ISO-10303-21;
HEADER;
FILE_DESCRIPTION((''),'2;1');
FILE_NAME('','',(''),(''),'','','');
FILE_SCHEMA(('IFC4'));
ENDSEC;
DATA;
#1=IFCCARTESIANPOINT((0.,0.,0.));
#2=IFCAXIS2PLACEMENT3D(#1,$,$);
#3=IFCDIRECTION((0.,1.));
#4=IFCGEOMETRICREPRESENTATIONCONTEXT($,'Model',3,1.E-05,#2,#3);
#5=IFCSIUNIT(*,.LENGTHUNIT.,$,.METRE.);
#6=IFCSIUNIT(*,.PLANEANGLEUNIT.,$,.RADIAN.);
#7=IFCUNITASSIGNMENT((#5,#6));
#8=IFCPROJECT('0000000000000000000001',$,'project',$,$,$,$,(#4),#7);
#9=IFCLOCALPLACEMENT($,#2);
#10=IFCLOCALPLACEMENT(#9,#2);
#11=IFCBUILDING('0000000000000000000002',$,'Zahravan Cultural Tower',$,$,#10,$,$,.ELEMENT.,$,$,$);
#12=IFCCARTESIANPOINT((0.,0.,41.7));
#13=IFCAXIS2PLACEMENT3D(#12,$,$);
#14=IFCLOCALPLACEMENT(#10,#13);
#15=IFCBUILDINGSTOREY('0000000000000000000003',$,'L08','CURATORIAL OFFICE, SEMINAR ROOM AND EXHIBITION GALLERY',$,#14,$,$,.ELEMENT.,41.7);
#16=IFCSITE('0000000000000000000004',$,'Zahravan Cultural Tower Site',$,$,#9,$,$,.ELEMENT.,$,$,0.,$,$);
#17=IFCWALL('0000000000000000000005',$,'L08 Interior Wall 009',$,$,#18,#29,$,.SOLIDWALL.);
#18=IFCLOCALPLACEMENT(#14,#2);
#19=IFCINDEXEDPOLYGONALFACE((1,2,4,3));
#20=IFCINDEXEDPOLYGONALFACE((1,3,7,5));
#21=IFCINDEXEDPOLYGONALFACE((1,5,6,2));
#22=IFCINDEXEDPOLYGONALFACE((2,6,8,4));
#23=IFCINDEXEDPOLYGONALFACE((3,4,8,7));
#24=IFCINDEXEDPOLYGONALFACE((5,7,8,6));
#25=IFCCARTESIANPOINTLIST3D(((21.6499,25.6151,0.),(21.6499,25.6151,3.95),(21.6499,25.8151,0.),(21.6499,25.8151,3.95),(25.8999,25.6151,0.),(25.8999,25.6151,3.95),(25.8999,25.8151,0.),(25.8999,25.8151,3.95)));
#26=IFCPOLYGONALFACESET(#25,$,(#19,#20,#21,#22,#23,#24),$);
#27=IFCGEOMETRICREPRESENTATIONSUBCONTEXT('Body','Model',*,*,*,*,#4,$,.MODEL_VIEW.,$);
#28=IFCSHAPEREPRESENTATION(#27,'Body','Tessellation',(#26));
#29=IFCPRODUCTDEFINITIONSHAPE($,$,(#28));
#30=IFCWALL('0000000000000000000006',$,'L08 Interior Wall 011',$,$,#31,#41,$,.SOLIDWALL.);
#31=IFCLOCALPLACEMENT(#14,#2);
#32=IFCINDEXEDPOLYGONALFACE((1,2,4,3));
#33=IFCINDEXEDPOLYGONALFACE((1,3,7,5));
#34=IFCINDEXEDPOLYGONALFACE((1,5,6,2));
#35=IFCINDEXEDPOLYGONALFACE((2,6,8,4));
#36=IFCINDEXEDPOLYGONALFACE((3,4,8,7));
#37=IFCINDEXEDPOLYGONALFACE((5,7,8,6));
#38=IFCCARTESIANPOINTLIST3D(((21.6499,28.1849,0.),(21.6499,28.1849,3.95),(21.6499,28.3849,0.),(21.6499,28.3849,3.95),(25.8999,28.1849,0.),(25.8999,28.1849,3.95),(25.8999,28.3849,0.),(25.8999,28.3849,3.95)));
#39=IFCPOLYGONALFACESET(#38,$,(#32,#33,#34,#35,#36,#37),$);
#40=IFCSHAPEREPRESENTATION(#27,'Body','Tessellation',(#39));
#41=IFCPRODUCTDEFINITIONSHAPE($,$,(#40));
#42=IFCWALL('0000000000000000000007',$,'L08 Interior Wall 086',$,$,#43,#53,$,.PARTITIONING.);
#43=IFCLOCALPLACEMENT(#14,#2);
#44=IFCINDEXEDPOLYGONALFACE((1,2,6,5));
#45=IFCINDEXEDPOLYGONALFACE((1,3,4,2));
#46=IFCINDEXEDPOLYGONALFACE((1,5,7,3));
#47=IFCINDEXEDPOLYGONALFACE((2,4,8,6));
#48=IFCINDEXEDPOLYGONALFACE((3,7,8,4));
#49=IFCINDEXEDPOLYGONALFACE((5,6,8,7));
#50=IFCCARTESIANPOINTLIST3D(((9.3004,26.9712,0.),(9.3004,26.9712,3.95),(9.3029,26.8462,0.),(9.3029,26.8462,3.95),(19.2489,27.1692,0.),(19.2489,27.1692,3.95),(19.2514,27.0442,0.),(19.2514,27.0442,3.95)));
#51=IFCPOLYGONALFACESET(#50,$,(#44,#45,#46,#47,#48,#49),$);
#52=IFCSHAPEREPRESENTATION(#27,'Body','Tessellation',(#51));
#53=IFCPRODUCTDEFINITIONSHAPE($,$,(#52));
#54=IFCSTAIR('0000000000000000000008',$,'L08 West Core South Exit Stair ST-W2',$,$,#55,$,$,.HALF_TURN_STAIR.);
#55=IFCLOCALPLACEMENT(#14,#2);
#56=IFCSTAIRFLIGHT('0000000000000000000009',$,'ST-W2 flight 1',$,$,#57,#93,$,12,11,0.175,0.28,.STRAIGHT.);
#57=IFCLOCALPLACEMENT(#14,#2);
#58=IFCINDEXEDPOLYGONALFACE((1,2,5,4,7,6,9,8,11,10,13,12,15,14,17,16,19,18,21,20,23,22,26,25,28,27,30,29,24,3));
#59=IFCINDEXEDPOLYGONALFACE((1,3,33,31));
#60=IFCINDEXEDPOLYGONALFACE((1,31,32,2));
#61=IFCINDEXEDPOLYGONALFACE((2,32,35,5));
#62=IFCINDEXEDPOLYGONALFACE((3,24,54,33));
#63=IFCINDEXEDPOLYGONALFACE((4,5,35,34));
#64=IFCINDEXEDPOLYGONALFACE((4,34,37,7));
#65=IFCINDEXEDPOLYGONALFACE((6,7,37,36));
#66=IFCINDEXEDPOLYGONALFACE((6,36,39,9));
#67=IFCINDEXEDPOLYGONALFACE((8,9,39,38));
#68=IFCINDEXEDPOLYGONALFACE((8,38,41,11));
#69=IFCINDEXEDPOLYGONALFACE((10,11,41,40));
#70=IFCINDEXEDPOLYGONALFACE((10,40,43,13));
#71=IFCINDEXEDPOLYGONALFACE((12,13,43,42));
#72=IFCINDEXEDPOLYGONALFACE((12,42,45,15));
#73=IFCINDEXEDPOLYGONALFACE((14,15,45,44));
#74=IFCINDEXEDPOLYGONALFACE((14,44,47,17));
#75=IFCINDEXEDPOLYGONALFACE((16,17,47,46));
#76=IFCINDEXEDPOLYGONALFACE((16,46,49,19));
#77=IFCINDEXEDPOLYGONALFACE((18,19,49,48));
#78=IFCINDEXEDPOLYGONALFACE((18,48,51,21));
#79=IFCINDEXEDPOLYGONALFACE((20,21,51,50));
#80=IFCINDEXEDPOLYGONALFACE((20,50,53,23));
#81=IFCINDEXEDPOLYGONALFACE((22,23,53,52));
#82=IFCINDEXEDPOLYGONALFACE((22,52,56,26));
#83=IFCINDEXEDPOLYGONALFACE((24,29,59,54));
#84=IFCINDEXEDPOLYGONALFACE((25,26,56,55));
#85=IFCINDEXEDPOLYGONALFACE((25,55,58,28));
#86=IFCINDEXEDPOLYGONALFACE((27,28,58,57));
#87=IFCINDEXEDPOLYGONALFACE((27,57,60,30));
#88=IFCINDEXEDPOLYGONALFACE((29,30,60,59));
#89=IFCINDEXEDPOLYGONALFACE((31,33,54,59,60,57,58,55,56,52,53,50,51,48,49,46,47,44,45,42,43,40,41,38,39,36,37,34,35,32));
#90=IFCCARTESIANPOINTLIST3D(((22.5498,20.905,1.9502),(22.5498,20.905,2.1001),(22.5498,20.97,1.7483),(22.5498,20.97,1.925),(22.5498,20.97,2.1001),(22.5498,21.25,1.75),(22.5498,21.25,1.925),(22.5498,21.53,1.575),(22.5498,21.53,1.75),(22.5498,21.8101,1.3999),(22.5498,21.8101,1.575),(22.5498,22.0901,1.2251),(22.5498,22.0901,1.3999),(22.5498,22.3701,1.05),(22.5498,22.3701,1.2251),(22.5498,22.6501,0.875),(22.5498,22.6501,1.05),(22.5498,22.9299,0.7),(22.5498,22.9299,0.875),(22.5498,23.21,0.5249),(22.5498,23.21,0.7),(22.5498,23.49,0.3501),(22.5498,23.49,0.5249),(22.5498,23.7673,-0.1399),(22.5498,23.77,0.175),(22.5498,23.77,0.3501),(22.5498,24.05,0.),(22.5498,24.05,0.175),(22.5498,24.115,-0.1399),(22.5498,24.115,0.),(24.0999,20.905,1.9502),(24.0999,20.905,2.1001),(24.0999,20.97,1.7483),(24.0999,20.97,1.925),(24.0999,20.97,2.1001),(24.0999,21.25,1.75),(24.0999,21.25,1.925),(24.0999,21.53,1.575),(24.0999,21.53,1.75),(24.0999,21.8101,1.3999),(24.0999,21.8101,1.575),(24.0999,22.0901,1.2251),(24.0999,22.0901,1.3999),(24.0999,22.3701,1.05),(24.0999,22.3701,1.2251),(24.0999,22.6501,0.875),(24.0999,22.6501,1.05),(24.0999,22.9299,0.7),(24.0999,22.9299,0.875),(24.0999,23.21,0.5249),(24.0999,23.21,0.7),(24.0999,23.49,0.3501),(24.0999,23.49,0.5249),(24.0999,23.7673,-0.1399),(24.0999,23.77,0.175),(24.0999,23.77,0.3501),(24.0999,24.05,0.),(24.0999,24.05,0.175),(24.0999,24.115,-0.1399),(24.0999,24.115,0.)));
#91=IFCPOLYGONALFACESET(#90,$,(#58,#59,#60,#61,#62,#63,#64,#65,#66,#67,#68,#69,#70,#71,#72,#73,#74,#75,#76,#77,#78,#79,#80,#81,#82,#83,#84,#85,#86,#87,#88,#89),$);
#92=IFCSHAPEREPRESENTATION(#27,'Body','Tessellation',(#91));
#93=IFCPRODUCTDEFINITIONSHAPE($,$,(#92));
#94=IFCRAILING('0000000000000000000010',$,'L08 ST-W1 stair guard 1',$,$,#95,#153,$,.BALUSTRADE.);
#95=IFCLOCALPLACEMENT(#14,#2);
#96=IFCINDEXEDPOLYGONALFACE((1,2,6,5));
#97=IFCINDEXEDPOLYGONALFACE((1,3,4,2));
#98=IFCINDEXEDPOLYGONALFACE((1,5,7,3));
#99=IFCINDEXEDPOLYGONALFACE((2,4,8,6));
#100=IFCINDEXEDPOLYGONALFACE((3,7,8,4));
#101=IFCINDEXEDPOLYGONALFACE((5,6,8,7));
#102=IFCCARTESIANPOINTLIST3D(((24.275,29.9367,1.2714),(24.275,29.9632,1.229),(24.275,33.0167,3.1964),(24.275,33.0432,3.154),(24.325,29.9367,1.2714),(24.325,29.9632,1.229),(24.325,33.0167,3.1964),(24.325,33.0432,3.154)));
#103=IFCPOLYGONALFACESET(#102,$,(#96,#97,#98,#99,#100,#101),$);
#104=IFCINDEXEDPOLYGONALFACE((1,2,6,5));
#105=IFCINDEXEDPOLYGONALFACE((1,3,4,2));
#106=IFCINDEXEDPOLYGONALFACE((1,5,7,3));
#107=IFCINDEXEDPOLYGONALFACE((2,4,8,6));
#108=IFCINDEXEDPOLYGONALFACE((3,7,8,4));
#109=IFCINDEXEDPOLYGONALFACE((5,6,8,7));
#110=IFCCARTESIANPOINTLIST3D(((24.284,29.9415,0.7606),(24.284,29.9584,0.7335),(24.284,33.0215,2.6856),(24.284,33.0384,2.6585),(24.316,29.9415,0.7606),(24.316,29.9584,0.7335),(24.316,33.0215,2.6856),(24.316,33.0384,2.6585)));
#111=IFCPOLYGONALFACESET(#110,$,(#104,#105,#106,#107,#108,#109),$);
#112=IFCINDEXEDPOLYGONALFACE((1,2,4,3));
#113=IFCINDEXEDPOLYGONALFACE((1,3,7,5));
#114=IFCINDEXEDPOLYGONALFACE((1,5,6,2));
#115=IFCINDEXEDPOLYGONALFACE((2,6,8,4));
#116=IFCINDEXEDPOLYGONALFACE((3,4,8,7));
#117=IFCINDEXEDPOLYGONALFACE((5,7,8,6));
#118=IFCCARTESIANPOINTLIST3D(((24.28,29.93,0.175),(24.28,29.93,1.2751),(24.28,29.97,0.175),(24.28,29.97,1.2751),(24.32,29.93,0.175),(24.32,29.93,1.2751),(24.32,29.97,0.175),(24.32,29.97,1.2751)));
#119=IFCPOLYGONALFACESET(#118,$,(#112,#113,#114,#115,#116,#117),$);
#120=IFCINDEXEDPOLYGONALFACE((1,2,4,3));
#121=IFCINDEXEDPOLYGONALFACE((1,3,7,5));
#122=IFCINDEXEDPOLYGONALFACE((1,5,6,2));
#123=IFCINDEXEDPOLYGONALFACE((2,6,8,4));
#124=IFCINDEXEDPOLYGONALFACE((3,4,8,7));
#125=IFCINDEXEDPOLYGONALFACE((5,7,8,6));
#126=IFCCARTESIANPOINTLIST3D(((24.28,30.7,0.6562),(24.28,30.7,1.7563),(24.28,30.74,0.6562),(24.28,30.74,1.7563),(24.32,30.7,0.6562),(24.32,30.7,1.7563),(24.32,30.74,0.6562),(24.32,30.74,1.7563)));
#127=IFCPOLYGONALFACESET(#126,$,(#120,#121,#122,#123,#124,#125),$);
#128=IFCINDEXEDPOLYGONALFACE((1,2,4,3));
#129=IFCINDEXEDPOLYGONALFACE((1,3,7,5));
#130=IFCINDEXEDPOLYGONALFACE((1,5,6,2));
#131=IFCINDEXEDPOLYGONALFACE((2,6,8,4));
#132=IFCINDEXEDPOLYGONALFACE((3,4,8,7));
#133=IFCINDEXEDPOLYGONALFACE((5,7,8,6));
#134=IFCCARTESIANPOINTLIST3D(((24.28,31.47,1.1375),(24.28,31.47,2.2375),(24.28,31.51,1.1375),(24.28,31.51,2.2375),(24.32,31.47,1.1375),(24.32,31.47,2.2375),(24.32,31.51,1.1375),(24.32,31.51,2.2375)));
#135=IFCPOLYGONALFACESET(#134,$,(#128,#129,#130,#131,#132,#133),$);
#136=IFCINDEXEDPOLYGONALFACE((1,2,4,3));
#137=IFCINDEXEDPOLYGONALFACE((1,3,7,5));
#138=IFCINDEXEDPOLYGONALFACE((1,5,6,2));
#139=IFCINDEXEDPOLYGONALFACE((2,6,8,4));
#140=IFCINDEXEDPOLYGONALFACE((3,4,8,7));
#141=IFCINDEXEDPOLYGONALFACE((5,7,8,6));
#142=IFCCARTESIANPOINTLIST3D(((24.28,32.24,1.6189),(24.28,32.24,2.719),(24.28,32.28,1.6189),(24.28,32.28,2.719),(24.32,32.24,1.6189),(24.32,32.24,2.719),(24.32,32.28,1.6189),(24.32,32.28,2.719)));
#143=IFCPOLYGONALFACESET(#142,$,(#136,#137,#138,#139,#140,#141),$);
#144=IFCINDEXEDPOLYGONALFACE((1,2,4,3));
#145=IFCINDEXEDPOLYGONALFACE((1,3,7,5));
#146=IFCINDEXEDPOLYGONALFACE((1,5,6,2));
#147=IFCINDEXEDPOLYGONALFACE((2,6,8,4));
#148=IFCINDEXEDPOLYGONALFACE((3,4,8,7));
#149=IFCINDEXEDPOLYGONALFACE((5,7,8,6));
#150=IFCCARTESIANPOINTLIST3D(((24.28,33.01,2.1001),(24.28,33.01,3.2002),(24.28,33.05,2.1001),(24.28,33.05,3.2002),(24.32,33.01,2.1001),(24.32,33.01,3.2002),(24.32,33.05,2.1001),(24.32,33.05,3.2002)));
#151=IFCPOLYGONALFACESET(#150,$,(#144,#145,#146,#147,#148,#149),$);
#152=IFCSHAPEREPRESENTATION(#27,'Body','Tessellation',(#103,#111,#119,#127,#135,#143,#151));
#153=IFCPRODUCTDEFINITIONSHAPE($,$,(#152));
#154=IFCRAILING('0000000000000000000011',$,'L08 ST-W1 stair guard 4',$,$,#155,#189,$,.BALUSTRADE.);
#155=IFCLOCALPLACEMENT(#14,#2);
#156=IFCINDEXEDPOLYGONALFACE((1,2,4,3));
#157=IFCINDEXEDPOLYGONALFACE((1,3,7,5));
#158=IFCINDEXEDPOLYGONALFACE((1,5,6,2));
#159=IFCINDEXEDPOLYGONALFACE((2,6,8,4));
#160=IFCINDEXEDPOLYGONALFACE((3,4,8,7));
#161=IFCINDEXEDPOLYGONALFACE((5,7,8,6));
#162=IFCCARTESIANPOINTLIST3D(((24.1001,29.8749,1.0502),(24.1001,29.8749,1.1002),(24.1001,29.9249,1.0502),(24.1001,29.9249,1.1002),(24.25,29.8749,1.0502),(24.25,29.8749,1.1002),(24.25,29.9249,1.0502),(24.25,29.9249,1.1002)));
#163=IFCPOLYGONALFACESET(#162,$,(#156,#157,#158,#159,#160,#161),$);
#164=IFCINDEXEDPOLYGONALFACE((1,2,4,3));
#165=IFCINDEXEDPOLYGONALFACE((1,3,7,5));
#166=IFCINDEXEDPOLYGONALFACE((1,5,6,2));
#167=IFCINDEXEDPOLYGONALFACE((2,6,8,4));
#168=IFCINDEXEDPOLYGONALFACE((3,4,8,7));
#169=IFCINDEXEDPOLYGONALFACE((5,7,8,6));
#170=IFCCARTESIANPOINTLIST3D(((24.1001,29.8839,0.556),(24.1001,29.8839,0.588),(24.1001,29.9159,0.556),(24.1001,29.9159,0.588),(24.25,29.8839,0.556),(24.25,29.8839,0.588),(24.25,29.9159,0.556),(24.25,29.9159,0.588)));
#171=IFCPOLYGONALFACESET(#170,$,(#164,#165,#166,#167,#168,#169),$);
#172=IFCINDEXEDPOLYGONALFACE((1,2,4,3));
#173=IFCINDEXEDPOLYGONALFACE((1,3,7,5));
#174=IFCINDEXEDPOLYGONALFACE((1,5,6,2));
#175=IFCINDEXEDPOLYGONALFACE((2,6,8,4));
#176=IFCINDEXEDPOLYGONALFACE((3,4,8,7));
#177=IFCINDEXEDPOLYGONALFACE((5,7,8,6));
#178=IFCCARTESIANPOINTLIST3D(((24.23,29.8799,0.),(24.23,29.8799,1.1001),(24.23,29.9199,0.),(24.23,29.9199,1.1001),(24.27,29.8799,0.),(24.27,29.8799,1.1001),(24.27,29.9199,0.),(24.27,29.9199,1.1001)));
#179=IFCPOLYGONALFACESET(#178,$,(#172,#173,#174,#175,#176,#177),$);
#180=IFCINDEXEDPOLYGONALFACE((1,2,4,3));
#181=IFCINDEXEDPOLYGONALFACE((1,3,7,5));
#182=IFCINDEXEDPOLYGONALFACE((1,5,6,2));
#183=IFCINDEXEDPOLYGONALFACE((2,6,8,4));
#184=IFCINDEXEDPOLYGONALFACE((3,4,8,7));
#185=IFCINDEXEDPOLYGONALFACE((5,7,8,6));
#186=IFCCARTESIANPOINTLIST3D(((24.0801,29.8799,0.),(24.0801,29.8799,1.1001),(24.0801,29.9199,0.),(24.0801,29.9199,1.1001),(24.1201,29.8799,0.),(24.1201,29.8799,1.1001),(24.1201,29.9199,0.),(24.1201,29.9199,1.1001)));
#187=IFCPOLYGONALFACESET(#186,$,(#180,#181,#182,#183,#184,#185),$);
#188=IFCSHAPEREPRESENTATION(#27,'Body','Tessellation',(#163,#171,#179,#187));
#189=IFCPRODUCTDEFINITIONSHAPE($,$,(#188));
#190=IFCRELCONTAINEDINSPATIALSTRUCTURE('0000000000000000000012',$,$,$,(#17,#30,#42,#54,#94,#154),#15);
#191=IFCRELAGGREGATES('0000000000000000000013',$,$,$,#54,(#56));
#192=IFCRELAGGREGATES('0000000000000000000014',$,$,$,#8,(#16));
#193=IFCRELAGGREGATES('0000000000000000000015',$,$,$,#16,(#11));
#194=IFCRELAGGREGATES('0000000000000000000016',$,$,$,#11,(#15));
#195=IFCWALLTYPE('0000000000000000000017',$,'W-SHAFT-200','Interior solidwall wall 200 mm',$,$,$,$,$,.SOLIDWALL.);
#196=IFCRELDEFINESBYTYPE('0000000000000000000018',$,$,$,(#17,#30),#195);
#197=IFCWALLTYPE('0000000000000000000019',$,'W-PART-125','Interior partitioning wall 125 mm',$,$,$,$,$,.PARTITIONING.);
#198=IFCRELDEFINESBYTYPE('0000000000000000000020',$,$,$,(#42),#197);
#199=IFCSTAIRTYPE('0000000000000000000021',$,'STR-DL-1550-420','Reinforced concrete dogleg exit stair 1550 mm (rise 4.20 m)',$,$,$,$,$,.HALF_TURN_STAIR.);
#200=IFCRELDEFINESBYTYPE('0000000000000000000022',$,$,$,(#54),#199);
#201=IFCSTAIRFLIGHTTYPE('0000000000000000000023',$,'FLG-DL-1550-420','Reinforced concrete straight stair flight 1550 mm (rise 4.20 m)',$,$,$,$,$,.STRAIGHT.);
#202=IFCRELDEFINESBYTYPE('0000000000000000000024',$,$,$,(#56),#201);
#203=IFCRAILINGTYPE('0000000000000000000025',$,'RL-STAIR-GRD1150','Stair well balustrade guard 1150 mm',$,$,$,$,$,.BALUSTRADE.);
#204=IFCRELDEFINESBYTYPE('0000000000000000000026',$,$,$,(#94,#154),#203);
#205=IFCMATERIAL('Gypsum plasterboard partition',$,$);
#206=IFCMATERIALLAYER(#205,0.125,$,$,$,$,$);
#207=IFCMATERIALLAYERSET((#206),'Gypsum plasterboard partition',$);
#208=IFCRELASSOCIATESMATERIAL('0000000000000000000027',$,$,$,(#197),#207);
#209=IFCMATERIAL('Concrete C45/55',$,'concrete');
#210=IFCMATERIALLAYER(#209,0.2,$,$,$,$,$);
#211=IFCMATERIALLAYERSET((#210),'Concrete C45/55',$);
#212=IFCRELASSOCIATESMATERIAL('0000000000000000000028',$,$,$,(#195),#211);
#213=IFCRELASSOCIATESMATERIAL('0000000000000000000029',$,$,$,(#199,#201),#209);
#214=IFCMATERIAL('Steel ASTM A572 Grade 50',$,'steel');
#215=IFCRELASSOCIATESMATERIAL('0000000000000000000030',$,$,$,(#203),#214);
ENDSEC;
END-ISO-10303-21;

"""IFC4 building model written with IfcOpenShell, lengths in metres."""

from ifc_helpers import new_model, si_unit, direction, frame, frame_2d, origin, origin_2d, place, context, subcontext, project, spatial, polyline, rectangle, outline, extrude, source, transform, mapped, material, layer, layer_set, type_object, element, aggregate, save


model = new_model("IFC4")

# Units and contexts
model_context = context("Model", 3, precision=1e-05, world=origin(), true_north=direction((0.0, 1.0)))
body_context = subcontext(model_context, "Body", "Model", "MODEL_VIEW")
ifc_project = project(units=[si_unit("LENGTHUNIT", "METRE"), si_unit("PLANEANGLEUNIT", "RADIAN")], contexts=[model_context])

# Site, building, storey
site_placement = place(None, origin())
site = spatial("IfcSite", under=ifc_project, at=site_placement, Name="Zahravan Cultural Tower Site", CompositionType="ELEMENT", RefElevation=0.0)
building_placement = place(site_placement, origin())
building = spatial("IfcBuilding", under=site, at=building_placement, Name="Zahravan Cultural Tower", CompositionType="ELEMENT")
storey_placement = place(building_placement, frame((0.0, 0.0, 41.7)))
storey = spatial("IfcBuildingStorey", under=building, at=storey_placement, Name="L08", Description="CURATORIAL OFFICE, SEMINAR ROOM AND EXHIBITION GALLERY", CompositionType="ELEMENT", Elevation=41.7)

# Shared definitions
ifc_material_1 = material(Name="Steel ASTM A572 Grade 50", Category="steel")

# Shared definitions
ifc_material_2 = material(Name="Gypsum plasterboard partition")
ifc_layer_1 = layer(ifc_material_2, 0.125)
ifc_layer_set_1 = layer_set([ifc_layer_1], Name="Gypsum plasterboard partition")
wall_type_1 = type_object("IfcWallType", Name="W-PART-125", Description="Interior partitioning wall 125 mm", PredefinedType="PARTITIONING", material=ifc_layer_set_1)

# Walls
ifc_material_3 = material(Name="Concrete C45/55", Category="concrete")
ifc_layer_2 = layer(ifc_material_3, 0.2)
ifc_layer_set_2 = layer_set([ifc_layer_2], Name="Concrete C45/55")
wall_type_2 = type_object("IfcWallType", Name="W-SHAFT-200", Description="Interior solidwall wall 200 mm", PredefinedType="SOLIDWALL", material=ifc_layer_set_2)
shared_shape_1 = source(origin(), body_context, "Body", "SweptSolid", [
    extrude(rectangle(XDim=4.25, YDim=0.2, at=frame_2d((2.125, 0.0))), origin(), (0.0, 0.0, 1.0), 3.95),
])
for number, where, z_axis, x_axis, name in (
    (1, (21.6499, 25.7151, 0.0), (0.0, 0.0, 1.0), (1.0, 0.0, 0.0), "L08 Interior Wall 009"),
    (2, (21.6499, 28.2849, 0.0), (0.0, 0.0, 1.0), (1.0, 0.0, 0.0), "L08 Interior Wall 011"),
):
    element("IfcWall", number, at=place(storey_placement, frame(where, z_axis=z_axis, x_axis=x_axis)), inside=storey, type_object=wall_type_2, Name=name, PredefinedType="SOLIDWALL", context=body_context, shape_type="MappedRepresentation", body=[
        mapped(shared_shape_1, transform((0.0, 0.0, 0.0), x_axis=(1.0, 0.0, 0.0), y_axis=(0.0, 1.0, 0.0), z_axis=(0.0, 0.0, 1.0), scale=1.0)),
    ])
shared_shape_2 = source(origin(), body_context, "Body", "SweptSolid", [
    extrude(rectangle(XDim=9.9504, YDim=0.125, at=frame_2d((4.9751, 0.0))), origin(), (0.0, 0.0, 1.0), 3.95),
])
wall_1_placement = place(storey_placement, frame((19.25, 27.1067, 0.0), z_axis=(0.0, 0.0, 1.0), x_axis=(-0.999802, -0.019898, 0.0)))
element("IfcWall", 3, at=wall_1_placement, inside=storey, type_object=wall_type_1, Name="L08 Interior Wall 086", PredefinedType="PARTITIONING", context=body_context, shape_type="MappedRepresentation", body=[
    mapped(shared_shape_2, transform((0.0, 0.0, 0.0), x_axis=(1.0, 0.0, 0.0), y_axis=(0.0, 1.0, 0.0), z_axis=(0.0, 0.0, 1.0), scale=1.0)),
])

# Stair, stair flight
stair_type = type_object("IfcStairType", Name="STR-DL-1550-420", Description="Reinforced concrete dogleg exit stair 1550 mm (rise 4.20 m)", PredefinedType="HALF_TURN_STAIR", material=ifc_material_3)
stair_placement = place(storey_placement, origin())
stair = element("IfcStair", 4, at=stair_placement, inside=storey, type_object=stair_type, Name="L08 West Core South Exit Stair ST-W2", PredefinedType="HALF_TURN_STAIR")
stair_flight_type = type_object("IfcStairFlightType", Name="FLG-DL-1550-420", Description="Reinforced concrete straight stair flight 1550 mm (rise 4.20 m)", PredefinedType="STRAIGHT", material=ifc_material_3)
stair_flight_placement = place(storey_placement, frame((23.325, 24.05, 0.0), z_axis=(0.0, 0.0, 1.0), x_axis=(0.0, -1.0, 0.0)))
stair_flight = element("IfcStairFlight", 5, at=stair_flight_placement, type_object=stair_flight_type, Name="ST-W2 flight 1", NumberOfRisers=12, NumberOfTreads=11, PredefinedType="STRAIGHT", RiserHeight=0.175, TreadLength=0.28, context=body_context, shape_type="SweptSolid", body=[
    extrude(outline(polyline([(-0.0649, -0.1399), (-0.0649, 0.0), (0.0, 0.0), (0.0, 0.175), (0.28, 0.175), (0.28, 0.3501), (0.5601, 0.3501), (0.5601, 0.5249), (0.8401, 0.5249), (0.8401, 0.7), (1.1201, 0.7), (1.1201, 0.875), (1.3999, 0.875), (1.3999, 1.05), (1.6799, 1.05), (1.6799, 1.2251), (1.96, 1.2251), (1.96, 1.3999), (2.24, 1.3999), (2.24, 1.575), (2.52, 1.575), (2.52, 1.75), (2.8, 1.75), (2.8, 1.925), (3.0801, 1.925), (3.0801, 2.1001), (3.145, 2.1001), (3.145, 1.9502), (3.0801, 1.7483), (0.2827, -0.1399), (-0.0649, -0.1399)])), frame((0.0, 0.7749, 0.0), z_axis=(0.0, -1.0, 0.0), x_axis=(1.0, 0.0, 0.0)), (0.0, 0.0, 1.0), 1.55),
])
aggregate(stair, [stair_flight])

# Railings
railing_type_1 = type_object("IfcRailingType", Name="RL-STAIR-GRD1150", Description="Stair well balustrade guard 1150 mm", PredefinedType="BALUSTRADE", material=ifc_material_1)
railing_1_placement = place(storey_placement, frame((24.3, 29.95, 0.175)))
element("IfcRailing", 6, at=railing_1_placement, inside=storey, type_object=railing_type_1, Name="L08 ST-W1 stair guard 1", PredefinedType="BALUSTRADE", context=body_context, shape_type="SweptSolid", body=[
    extrude(rectangle(XDim=0.05, YDim=0.05, at=origin_2d()), frame((0.0, 0.0, 1.0752), z_axis=(0.0, 0.847998, 0.529999), x_axis=(-1.0, 0.0, 0.0)), (0.0, 0.0, 1.0), 3.6321),
    extrude(rectangle(XDim=0.032, YDim=0.032, at=origin_2d()), frame((0.0, 0.0, 0.572), z_axis=(0.0, 0.847998, 0.529999), x_axis=(-1.0, 0.0, 0.0)), (0.0, 0.0, 1.0), 3.6321),
    extrude(rectangle(XDim=0.04, YDim=0.04, at=origin_2d()), origin(), (0.0, 0.0, 1.0), 1.1001),
    extrude(rectangle(XDim=0.04, YDim=0.04, at=origin_2d()), frame((0.0, 0.77, 0.4812)), (0.0, 0.0, 1.0), 1.1001),
    extrude(rectangle(XDim=0.04, YDim=0.04, at=origin_2d()), frame((0.0, 1.54, 0.9624)), (0.0, 0.0, 1.0), 1.1001),
    extrude(rectangle(XDim=0.04, YDim=0.04, at=origin_2d()), frame((0.0, 2.3101, 1.4438)), (0.0, 0.0, 1.0), 1.1001),
    extrude(rectangle(XDim=0.04, YDim=0.04, at=origin_2d()), frame((0.0, 3.0801, 1.925)), (0.0, 0.0, 1.0), 1.1001),
])
railing_2_placement = place(storey_placement, frame((24.25, 29.8999, 0.0)))
element("IfcRailing", 7, at=railing_2_placement, inside=storey, type_object=railing_type_1, Name="L08 ST-W1 stair guard 4", PredefinedType="BALUSTRADE", context=body_context, shape_type="SweptSolid", body=[
    extrude(rectangle(XDim=0.05, YDim=0.05, at=origin_2d()), frame((0.0, 0.0, 1.0752), z_axis=(-1.0, 0.0, 0.0), x_axis=(0.0, -1.0, 0.0)), (0.0, 0.0, 1.0), 0.1499),
    extrude(rectangle(XDim=0.032, YDim=0.032, at=origin_2d()), frame((0.0, 0.0, 0.572), z_axis=(-1.0, 0.0, 0.0), x_axis=(0.0, -1.0, 0.0)), (0.0, 0.0, 1.0), 0.1499),
    extrude(rectangle(XDim=0.04, YDim=0.04, at=origin_2d()), origin(), (0.0, 0.0, 1.0), 1.1001),
    extrude(rectangle(XDim=0.04, YDim=0.04, at=origin_2d()), frame((-0.1499, 0.0, 0.0)), (0.0, 0.0, 1.0), 1.1001),
])

save(model, "model.ifc")
